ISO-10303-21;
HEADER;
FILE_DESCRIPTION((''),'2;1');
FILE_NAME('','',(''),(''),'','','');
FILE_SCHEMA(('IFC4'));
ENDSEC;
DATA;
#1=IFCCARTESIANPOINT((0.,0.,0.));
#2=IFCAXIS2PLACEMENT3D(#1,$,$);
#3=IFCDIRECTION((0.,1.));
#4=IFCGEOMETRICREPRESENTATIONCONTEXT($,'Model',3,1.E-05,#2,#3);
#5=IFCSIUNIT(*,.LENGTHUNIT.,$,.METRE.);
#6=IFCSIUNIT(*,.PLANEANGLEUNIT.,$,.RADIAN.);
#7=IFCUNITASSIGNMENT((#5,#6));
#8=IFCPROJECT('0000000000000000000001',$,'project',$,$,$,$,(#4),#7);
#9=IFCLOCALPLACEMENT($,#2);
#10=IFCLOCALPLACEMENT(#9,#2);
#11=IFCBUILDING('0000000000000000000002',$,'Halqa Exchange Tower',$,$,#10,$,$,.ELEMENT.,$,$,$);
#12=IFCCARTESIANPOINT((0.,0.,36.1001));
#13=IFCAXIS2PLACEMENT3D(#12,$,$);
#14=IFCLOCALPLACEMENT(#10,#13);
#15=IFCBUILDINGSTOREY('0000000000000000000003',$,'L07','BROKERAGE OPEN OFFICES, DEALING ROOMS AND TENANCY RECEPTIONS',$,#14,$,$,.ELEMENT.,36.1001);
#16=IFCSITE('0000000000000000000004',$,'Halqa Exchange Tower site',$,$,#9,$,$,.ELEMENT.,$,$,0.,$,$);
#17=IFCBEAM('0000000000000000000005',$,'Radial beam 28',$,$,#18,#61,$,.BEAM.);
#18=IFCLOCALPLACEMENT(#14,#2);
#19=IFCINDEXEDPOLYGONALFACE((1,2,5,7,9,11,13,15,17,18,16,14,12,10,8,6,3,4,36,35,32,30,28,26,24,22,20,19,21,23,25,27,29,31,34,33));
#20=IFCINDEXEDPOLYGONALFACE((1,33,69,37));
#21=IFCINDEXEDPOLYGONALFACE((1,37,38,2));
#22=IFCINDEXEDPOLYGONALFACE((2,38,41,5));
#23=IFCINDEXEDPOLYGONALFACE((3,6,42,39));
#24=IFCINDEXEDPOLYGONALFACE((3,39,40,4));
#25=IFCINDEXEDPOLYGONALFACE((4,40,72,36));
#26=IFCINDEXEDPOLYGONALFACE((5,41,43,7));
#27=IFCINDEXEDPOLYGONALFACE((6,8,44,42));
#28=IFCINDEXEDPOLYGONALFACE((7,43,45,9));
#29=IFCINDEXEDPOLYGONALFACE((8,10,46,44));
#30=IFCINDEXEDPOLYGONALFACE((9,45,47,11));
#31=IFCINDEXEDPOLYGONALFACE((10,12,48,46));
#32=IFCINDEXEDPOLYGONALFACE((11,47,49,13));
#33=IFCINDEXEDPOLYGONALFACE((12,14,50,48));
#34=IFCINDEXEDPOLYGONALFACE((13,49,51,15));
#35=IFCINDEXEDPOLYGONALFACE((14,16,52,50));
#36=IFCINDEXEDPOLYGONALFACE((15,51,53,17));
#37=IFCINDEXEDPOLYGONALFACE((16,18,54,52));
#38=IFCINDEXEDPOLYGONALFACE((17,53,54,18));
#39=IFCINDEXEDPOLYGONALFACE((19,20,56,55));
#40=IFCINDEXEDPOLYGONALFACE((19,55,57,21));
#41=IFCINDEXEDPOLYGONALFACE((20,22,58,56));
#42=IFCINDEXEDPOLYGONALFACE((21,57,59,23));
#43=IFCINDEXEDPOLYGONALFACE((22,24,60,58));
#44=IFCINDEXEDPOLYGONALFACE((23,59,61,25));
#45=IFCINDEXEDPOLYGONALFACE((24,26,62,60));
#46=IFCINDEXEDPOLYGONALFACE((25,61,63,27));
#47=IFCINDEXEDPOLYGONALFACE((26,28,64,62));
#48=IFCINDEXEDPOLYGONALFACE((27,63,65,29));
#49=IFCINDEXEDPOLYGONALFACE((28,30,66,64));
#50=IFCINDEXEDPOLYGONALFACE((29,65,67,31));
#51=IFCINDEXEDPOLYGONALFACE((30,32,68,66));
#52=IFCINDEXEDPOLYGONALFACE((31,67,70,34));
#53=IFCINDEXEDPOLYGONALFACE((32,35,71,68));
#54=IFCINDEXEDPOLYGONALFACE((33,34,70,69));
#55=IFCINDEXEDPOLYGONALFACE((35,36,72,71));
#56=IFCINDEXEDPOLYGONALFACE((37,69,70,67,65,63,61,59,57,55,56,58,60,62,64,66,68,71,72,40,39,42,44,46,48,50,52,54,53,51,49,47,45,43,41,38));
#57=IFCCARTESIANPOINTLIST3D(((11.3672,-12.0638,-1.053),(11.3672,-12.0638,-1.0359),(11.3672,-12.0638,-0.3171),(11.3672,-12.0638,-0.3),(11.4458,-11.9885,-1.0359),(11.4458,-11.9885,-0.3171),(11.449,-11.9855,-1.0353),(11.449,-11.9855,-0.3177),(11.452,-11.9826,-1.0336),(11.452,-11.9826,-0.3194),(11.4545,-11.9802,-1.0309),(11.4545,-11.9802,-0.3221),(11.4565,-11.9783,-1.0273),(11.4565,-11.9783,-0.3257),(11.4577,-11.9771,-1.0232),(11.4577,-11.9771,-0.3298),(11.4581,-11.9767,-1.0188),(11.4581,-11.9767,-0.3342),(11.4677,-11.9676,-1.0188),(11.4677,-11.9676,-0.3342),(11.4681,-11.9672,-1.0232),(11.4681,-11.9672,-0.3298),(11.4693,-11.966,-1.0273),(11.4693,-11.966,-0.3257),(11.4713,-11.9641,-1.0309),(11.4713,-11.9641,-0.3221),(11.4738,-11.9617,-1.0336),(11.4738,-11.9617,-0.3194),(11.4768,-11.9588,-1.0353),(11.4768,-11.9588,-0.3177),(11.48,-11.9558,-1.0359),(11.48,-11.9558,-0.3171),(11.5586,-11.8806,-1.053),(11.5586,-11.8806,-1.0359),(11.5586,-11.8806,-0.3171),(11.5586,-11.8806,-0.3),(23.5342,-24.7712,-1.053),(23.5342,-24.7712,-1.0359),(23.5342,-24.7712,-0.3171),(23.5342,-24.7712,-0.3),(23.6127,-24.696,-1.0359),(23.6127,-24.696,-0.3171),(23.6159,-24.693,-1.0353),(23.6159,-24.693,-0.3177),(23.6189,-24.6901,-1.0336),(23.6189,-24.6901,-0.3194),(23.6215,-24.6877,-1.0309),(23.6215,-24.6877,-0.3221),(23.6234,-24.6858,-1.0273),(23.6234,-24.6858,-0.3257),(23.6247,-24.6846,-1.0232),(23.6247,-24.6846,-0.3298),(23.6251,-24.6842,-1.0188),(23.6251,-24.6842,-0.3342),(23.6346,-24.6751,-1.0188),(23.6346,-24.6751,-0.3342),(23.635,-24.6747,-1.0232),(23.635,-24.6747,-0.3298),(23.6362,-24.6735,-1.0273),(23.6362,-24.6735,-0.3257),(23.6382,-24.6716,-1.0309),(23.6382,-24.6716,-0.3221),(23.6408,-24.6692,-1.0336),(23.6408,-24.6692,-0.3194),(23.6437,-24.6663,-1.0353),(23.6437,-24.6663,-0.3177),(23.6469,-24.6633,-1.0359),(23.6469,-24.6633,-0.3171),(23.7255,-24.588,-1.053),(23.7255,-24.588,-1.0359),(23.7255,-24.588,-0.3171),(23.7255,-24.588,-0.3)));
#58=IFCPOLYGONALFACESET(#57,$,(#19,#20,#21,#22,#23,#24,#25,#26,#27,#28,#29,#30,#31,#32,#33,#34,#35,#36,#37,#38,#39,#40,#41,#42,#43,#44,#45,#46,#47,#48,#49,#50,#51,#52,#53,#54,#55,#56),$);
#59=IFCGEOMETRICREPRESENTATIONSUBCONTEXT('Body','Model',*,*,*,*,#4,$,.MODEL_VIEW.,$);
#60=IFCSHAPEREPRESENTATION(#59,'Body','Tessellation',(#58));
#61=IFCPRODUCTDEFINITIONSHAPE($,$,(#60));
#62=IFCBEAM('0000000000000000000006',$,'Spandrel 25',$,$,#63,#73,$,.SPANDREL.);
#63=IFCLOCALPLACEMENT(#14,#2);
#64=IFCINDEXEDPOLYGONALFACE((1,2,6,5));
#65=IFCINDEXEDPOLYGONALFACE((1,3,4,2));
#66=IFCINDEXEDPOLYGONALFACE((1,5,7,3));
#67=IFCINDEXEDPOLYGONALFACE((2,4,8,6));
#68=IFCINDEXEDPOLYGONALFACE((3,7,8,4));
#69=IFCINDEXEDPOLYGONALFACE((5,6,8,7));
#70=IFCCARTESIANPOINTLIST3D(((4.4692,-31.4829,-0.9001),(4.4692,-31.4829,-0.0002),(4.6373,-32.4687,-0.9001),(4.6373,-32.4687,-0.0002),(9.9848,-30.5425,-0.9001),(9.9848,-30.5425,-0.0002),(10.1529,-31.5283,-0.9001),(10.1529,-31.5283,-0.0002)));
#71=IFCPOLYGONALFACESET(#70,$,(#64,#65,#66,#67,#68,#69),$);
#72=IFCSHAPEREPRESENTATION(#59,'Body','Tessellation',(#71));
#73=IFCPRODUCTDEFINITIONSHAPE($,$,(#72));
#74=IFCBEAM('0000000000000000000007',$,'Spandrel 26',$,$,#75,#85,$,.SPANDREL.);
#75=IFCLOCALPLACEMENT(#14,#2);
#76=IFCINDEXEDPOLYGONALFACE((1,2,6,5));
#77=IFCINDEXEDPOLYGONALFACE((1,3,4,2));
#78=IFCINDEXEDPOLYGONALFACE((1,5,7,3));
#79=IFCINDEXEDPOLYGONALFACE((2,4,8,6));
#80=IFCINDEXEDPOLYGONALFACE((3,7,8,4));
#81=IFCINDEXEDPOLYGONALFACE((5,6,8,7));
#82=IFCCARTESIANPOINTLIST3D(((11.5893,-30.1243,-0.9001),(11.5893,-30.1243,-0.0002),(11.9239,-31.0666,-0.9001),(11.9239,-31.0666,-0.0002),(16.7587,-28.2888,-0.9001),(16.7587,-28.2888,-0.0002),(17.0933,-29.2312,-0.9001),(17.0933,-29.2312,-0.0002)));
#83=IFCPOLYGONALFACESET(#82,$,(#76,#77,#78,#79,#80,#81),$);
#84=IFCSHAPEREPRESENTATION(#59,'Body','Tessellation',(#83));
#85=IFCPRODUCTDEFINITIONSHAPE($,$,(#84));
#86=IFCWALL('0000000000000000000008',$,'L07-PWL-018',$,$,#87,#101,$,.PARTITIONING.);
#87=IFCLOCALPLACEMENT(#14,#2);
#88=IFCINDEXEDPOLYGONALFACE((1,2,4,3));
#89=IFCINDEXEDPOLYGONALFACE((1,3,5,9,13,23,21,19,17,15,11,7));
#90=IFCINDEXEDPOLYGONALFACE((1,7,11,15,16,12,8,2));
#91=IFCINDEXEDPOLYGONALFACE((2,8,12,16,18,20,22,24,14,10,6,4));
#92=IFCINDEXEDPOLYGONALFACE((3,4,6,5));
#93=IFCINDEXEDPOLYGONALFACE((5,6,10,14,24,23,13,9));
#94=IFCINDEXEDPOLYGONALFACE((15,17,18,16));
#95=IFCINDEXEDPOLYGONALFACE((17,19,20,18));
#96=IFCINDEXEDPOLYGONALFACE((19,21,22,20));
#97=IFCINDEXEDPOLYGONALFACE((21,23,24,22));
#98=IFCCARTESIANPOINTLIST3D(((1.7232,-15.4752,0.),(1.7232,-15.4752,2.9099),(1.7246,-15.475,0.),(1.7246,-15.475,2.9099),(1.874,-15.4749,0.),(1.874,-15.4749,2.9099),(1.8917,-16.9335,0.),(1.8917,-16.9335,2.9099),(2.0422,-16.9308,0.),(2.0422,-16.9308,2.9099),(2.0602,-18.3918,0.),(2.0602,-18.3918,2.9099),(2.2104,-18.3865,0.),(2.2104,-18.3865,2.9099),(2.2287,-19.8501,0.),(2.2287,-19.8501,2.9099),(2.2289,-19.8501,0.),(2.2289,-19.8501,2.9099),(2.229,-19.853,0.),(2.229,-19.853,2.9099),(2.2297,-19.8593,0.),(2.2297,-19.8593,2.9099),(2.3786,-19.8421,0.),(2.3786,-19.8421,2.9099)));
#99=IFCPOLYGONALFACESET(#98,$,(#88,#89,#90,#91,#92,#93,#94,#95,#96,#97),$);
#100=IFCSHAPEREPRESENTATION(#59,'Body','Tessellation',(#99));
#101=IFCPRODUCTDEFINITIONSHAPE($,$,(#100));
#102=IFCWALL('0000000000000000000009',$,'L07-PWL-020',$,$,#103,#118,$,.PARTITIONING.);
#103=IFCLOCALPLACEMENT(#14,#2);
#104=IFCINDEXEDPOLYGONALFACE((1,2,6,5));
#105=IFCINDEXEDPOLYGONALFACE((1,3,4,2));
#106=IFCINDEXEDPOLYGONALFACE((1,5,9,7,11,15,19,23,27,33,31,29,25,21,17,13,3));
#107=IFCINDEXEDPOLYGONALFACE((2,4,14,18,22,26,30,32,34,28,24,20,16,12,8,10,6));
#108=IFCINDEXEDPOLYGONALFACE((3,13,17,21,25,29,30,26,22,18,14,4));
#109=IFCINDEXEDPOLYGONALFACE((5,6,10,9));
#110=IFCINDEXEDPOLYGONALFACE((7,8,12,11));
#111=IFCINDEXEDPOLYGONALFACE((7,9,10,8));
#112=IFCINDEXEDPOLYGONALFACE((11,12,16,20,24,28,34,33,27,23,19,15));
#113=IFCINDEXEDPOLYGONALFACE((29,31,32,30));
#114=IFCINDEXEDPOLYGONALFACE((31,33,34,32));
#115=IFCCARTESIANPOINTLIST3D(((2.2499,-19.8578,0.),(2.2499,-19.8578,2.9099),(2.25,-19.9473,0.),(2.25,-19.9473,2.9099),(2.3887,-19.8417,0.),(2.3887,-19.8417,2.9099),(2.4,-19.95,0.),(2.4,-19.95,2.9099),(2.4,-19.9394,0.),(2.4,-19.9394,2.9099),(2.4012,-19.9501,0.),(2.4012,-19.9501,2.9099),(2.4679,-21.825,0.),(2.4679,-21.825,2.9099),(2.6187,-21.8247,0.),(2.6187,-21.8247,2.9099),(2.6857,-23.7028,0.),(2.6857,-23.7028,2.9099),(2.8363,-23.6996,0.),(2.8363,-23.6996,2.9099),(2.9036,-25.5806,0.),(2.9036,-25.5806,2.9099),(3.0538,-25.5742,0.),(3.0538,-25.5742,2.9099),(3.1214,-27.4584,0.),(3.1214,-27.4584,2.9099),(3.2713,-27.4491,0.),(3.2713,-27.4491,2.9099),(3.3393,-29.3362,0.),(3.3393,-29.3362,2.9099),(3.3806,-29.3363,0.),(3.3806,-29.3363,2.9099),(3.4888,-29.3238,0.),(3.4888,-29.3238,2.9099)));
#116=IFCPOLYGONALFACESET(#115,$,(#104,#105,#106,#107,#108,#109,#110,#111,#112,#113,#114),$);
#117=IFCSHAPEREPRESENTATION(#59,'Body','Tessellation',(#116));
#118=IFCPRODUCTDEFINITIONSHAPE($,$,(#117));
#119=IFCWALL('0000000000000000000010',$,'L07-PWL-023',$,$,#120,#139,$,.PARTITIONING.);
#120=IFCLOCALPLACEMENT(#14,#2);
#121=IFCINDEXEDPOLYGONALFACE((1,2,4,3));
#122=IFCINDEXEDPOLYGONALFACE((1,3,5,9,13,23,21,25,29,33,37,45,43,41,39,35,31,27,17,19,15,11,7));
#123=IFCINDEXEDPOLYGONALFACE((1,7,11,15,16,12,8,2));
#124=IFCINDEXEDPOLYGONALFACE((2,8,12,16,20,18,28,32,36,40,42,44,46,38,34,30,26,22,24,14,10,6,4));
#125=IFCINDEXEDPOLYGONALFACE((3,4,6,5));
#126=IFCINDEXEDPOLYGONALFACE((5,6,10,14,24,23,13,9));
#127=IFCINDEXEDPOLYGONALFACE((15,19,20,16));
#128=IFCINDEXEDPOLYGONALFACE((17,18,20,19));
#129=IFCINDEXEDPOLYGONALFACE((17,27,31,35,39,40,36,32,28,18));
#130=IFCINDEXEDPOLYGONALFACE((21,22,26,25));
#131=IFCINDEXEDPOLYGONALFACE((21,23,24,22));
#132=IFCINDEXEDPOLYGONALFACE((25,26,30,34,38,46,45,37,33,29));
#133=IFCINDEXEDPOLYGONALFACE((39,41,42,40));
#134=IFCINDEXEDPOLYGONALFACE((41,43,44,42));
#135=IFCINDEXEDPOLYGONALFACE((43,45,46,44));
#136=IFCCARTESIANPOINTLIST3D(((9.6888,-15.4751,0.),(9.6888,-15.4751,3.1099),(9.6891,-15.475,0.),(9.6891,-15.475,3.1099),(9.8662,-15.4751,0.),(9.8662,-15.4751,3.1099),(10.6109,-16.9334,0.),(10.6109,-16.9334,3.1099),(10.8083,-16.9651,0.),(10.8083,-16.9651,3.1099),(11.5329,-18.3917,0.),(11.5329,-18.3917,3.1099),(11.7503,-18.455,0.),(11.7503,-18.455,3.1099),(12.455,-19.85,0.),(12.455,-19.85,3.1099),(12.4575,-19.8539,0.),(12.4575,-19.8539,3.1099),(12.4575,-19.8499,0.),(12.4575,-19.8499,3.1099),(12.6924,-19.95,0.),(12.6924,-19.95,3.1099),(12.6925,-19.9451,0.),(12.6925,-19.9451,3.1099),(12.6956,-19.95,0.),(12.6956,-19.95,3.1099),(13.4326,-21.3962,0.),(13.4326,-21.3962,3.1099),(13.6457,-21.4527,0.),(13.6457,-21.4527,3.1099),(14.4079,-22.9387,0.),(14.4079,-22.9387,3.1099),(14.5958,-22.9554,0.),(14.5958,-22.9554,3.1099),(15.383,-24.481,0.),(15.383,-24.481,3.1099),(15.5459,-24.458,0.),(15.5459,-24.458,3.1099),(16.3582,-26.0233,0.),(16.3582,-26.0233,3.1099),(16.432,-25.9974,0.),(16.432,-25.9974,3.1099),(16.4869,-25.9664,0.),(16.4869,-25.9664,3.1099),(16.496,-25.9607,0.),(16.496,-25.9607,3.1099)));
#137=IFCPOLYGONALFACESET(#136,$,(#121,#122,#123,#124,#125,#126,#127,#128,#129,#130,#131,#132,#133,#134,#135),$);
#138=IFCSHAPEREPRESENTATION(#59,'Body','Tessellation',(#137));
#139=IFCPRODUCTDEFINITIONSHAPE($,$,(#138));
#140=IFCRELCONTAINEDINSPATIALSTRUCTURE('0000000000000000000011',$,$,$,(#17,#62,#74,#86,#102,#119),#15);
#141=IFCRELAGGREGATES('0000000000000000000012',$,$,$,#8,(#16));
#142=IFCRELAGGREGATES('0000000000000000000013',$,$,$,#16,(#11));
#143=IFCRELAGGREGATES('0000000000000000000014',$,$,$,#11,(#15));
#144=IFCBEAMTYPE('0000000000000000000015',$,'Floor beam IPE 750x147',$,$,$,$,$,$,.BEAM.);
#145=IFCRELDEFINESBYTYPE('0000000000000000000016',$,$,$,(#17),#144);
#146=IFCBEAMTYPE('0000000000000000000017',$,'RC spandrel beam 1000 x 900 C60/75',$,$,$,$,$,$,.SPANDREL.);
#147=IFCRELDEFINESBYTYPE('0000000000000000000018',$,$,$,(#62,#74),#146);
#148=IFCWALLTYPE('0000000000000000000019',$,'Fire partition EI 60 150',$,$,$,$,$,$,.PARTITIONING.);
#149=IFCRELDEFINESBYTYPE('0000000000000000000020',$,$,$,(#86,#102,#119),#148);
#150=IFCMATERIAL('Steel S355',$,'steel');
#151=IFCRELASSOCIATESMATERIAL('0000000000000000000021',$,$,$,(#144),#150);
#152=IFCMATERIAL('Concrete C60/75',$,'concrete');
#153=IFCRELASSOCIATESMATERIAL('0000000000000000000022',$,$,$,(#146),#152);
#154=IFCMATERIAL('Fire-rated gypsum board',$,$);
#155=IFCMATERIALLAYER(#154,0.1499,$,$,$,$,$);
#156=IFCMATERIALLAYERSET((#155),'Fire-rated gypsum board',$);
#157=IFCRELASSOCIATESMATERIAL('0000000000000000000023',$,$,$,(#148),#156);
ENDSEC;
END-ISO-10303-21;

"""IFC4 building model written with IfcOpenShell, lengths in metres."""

from ifc_helpers import new_model, si_unit, direction, frame, origin, origin_2d, place, context, subcontext, project, spatial, polyline, rectangle, i_section, outline, extrude, material, layer, layer_set, material_profile, profile_set, type_object, element, save


model = new_model("IFC4")

# Units and contexts
model_context = context("Model", 3, precision=1e-05, world=origin(), true_north=direction((0.0, 1.0)))
body_context = subcontext(model_context, "Body", "Model", "MODEL_VIEW")
ifc_project = project(units=[si_unit("LENGTHUNIT", "METRE"), si_unit("PLANEANGLEUNIT", "RADIAN")], contexts=[model_context])

# Site, building, storey
site_placement = place(None, origin())
site = spatial("IfcSite", under=ifc_project, at=site_placement, Name="Halqa Exchange Tower site", CompositionType="ELEMENT", RefElevation=0.0)
building_placement = place(site_placement, origin())
building = spatial("IfcBuilding", under=site, at=building_placement, Name="Halqa Exchange Tower", CompositionType="ELEMENT")
storey_placement = place(building_placement, frame((0.0, 0.0, 36.1001)))
storey = spatial("IfcBuildingStorey", under=building, at=storey_placement, Name="L07", Description="BROKERAGE OPEN OFFICES, DEALING ROOMS AND TENANCY RECEPTIONS", CompositionType="ELEMENT", Elevation=36.1001)

# Beams
ifc_material_1 = material(Name="Steel S355", Category="steel")
ifc_material_profile_1 = material_profile(ifc_material_1, i_section(OverallWidth=0.2649, OverallDepth=0.7529, WebThickness=0.0132, FlangeThickness=0.0171, FilletRadius=0.0171, at=origin_2d()), Name="IPE 750x147")
ifc_profile_set_1 = profile_set([ifc_material_profile_1], Name="Steel S355")
beam_type_1 = type_object("IfcBeamType", Name="Floor beam IPE 750x147", PredefinedType="BEAM", material=ifc_profile_set_1)
beam_1_placement = place(storey_placement, frame((11.4629, -11.9722, -0.6765), z_axis=(0.691578, -0.722302, 0.0), x_axis=(0.722302, 0.691578, 0.0)))
element("IfcBeam", 1, at=beam_1_placement, inside=storey, type_object=beam_type_1, Name="Radial beam 28", PredefinedType="BEAM", context=body_context, shape_type="SweptSolid", body=[
    extrude(i_section(OverallWidth=0.2649, OverallDepth=0.7529, WebThickness=0.0132, FlangeThickness=0.0171, FilletRadius=0.0171, at=origin_2d()), origin(), (0.0, 0.0, 1.0), 17.593),
])
ifc_material_2 = material(Name="Concrete C60/75", Category="concrete")
ifc_material_profile_2 = material_profile(ifc_material_2, rectangle(XDim=1.0, YDim=0.8999, at=origin_2d()), Name="1000 x 900")
ifc_profile_set_2 = profile_set([ifc_material_profile_2], Name="Concrete C60/75")
beam_type_2 = type_object("IfcBeamType", Name="RC spandrel beam 1000 x 900 C60/75", PredefinedType="SPANDREL", material=ifc_profile_set_2)
beam_2_placement = place(storey_placement, frame((4.5532, -31.9758, -0.4502), z_axis=(0.985774, 0.168077, 0.0), x_axis=(-0.168077, 0.985774, 0.0)))
element("IfcBeam", 2, at=beam_2_placement, inside=storey, type_object=beam_type_2, Name="Spandrel 25", PredefinedType="SPANDREL", context=body_context, shape_type="SweptSolid", body=[
    extrude(rectangle(XDim=1.0, YDim=0.8999, at=origin_2d()), origin(), (0.0, 0.0, 1.0), 5.5952),
])
beam_3_placement = place(storey_placement, frame((11.7566, -30.5955, -0.4502), z_axis=(0.942363, 0.334593, 0.0), x_axis=(-0.334593, 0.942363, 0.0)))
element("IfcBeam", 3, at=beam_3_placement, inside=storey, type_object=beam_type_2, Name="Spandrel 26", PredefinedType="SPANDREL", context=body_context, shape_type="SweptSolid", body=[
    extrude(rectangle(XDim=1.0, YDim=0.8999, at=origin_2d()), origin(), (0.0, 0.0, 1.0), 5.4856),
])

# Walls
ifc_material_3 = material(Name="Fire-rated gypsum board")
ifc_layer_1 = layer(ifc_material_3, 0.1499)
ifc_layer_set_1 = layer_set([ifc_layer_1], Name="Fire-rated gypsum board")
wall_type_1 = type_object("IfcWallType", Name="Fire partition EI 60 150", PredefinedType="PARTITIONING", material=ifc_layer_set_1)
wall_1_placement = place(storey_placement, frame((1.7976, -15.4666, 0.0), z_axis=(0.0, 0.0, 1.0), x_axis=(0.114784, -0.993391, 0.0)))
element("IfcWall", 4, at=wall_1_placement, inside=storey, type_object=wall_type_1, Name="L07-PWL-018", PredefinedType="PARTITIONING", context=body_context, shape_type="SweptSolid", body=[
    extrude(outline(polyline([(0.0, -0.075), (1.468, -0.075), (2.936, -0.075), (4.4041, -0.075), (4.4041, -0.0747), (4.407, -0.075), (4.4133, -0.075), (4.4133, 0.075), (2.948, 0.075), (1.4827, 0.075), (0.0171, 0.075), (0.0, -0.0735), (0.0, -0.075)])), origin(), (0.0, 0.0, 1.0), 2.9099),
])
wall_2_placement = place(storey_placement, frame((2.3142, -19.8503, 0.0), z_axis=(0.0, 0.0, 1.0), x_axis=(0.115247, -0.993337, 0.0)))
element("IfcWall", 5, at=wall_2_placement, inside=storey, type_object=wall_type_1, Name="L07-PWL-020", PredefinedType="PARTITIONING", context=body_context, shape_type="SweptSolid", body=[
    extrude(outline(polyline([(0.0889, -0.075), (1.9792, -0.075), (3.8696, -0.075), (5.76, -0.075), (7.6504, -0.075), (9.5408, -0.075), (9.5457, -0.0339), (9.5457, 0.075), (7.6584, 0.075), (5.771, 0.075), (3.8838, 0.075), (1.9963, 0.075), (0.1091, 0.075), (0.1089, 0.0737), (0.0984, 0.075), (0.0, 0.075), (0.0, -0.0647), (0.0889, -0.075)])), origin(), (0.0, 0.0, 1.0), 2.9099),
])
wall_3_placement = place(storey_placement, frame((9.7522, -15.4351, 0.0), z_axis=(0.0, 0.0, 1.0), x_axis=(0.534414, -0.845223, 0.0)))
element("IfcWall", 6, at=wall_3_placement, inside=storey, type_object=wall_type_1, Name="L07-PWL-023", PredefinedType="PARTITIONING", context=body_context, shape_type="SweptSolid", body=[
    extrude(outline(polyline([(0.0, -0.075), (1.7253, -0.075), (3.4507, -0.075), (5.176, -0.075), (5.1772, -0.0728), (5.1807, -0.075), (7.0054, -0.075), (8.8303, -0.075), (10.655, -0.075), (12.4797, -0.075), (12.4973, 0.0012), (12.5005, 0.0642), (12.5005, 0.075), (10.7227, 0.075), (8.9448, 0.075), (7.167, 0.075), (5.3892, 0.075), (5.3875, 0.0723), (5.3833, 0.075), (3.6204, 0.075), (1.8577, 0.075), (0.0947, 0.075), (0.0, -0.0747), (0.0, -0.075)])), origin(), (0.0, 0.0, 1.0), 3.1099),
])

save(model, "model.ifc")
